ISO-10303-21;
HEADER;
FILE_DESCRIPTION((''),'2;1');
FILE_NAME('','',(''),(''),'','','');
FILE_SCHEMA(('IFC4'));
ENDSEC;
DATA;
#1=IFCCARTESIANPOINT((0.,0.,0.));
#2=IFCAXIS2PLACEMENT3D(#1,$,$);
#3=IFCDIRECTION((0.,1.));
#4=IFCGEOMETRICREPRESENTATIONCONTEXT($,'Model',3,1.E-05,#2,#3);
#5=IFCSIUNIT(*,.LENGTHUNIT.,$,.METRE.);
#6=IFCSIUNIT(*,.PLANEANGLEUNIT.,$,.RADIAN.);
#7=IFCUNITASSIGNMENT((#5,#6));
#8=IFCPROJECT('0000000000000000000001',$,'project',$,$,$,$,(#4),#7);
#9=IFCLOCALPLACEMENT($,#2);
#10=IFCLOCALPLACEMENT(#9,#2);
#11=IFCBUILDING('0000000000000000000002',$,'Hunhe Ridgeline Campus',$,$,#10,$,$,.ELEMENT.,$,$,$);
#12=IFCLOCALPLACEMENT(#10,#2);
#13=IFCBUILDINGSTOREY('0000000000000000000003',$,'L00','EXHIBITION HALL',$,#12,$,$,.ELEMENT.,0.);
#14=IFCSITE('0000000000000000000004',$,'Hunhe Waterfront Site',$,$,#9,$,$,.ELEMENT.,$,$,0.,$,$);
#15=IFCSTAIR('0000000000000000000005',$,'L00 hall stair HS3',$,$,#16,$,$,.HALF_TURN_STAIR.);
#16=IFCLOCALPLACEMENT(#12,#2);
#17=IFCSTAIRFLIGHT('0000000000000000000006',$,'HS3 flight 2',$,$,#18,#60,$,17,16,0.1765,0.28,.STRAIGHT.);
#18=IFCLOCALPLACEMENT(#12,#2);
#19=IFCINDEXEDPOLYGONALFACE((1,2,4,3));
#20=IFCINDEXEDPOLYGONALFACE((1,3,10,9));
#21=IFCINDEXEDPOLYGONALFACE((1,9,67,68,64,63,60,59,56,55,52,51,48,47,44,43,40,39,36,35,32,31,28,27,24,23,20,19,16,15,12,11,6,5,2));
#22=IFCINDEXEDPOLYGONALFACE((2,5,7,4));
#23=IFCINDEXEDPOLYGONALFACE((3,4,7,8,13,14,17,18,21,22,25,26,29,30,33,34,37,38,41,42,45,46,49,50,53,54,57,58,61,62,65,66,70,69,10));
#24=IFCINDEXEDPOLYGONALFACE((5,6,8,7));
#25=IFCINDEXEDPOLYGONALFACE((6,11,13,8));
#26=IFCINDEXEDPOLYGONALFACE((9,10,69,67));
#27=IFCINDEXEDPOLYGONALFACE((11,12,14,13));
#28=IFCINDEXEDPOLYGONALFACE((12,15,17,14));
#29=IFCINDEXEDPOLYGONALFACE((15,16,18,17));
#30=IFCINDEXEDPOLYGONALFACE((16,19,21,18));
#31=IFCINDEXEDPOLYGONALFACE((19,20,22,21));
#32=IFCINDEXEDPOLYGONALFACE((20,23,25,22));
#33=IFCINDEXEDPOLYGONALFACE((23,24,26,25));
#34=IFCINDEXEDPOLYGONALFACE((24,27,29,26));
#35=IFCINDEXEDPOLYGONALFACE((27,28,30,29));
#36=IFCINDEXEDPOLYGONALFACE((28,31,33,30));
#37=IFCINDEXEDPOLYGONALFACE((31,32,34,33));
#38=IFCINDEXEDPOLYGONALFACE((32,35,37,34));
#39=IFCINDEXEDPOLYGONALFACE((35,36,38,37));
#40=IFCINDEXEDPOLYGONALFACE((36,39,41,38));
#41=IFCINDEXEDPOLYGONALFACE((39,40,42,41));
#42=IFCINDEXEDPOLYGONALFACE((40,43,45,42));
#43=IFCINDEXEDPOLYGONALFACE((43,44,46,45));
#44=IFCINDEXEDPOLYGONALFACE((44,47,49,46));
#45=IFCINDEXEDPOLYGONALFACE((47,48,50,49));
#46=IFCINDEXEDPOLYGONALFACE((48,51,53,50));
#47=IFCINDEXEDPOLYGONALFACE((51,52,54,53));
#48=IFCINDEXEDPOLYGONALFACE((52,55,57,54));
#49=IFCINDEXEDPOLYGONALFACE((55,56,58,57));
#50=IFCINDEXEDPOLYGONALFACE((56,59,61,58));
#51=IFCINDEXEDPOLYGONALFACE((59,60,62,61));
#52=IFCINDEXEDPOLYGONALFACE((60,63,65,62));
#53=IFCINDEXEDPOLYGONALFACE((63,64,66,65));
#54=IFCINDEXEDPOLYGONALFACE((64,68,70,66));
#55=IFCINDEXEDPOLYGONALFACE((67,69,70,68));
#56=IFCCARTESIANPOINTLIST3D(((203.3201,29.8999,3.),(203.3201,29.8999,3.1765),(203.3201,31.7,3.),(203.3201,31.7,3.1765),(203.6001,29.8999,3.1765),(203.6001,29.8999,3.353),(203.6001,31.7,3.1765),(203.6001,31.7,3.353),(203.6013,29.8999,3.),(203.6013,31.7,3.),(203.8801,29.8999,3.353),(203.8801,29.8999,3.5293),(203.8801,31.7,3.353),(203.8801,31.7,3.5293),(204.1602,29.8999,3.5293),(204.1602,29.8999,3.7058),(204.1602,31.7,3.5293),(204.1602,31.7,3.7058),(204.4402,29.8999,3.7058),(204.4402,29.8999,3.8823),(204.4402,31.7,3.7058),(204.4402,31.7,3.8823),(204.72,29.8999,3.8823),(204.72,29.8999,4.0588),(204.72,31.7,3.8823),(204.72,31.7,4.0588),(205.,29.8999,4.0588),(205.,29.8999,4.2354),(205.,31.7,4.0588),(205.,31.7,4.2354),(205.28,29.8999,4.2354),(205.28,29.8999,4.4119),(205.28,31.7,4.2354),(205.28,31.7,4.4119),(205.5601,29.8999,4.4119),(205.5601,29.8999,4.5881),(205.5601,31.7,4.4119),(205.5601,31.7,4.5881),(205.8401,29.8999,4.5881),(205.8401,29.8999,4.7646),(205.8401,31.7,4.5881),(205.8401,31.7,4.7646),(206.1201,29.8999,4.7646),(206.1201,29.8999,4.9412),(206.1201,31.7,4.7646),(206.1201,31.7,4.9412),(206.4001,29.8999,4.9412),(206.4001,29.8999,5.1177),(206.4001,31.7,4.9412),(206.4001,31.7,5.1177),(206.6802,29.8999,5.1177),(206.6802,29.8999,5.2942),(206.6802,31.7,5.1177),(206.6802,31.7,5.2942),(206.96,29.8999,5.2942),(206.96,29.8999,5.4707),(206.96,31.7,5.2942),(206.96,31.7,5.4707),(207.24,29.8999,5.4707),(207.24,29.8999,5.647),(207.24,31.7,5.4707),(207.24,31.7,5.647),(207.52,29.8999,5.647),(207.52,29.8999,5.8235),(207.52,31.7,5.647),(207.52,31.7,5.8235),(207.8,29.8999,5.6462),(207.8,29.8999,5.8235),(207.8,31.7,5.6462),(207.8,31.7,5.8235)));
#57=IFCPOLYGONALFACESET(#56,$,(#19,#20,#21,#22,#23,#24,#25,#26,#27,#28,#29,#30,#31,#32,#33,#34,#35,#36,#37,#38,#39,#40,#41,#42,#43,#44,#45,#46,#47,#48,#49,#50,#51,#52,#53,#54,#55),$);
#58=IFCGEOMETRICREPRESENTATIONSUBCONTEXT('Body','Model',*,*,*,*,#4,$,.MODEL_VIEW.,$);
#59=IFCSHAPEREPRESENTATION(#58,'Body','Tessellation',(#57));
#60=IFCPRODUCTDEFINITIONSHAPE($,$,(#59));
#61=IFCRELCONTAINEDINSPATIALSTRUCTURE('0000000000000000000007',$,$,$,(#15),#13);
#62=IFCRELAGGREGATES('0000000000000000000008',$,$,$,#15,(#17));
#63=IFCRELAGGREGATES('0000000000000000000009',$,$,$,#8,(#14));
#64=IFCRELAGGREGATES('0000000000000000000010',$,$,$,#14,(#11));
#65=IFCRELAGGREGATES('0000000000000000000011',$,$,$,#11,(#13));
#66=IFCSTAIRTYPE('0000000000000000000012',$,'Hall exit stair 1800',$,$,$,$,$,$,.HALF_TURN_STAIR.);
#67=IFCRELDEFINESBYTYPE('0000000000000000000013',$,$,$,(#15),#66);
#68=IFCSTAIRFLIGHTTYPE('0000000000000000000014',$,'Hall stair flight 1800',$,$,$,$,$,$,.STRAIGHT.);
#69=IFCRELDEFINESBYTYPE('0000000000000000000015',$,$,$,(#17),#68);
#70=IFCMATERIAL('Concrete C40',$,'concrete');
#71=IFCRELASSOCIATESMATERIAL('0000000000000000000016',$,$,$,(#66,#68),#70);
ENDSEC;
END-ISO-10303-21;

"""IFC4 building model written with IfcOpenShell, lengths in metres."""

from ifc_helpers import new_model, si_unit, direction, frame, origin, place, context, subcontext, project, spatial, polyline, outline, extrude, material, type_object, element, aggregate, save


model = new_model("IFC4")

# Units and contexts
model_context = context("Model", 3, precision=1e-05, world=origin(), true_north=direction((0.0, 1.0)))
body_context = subcontext(model_context, "Body", "Model", "MODEL_VIEW")
ifc_project = project(units=[si_unit("LENGTHUNIT", "METRE"), si_unit("PLANEANGLEUNIT", "RADIAN")], contexts=[model_context])

# Site, building, storey
site_placement = place(None, origin())
site = spatial("IfcSite", under=ifc_project, at=site_placement, Name="Hunhe Waterfront Site", CompositionType="ELEMENT", RefElevation=0.0)
building_placement = place(site_placement, origin())
building = spatial("IfcBuilding", under=site, at=building_placement, Name="Hunhe Ridgeline Campus", CompositionType="ELEMENT")
storey_placement = place(building_placement, origin())
storey = spatial("IfcBuildingStorey", under=building, at=storey_placement, Name="L00", Description="EXHIBITION HALL", CompositionType="ELEMENT", Elevation=0.0)

# Shared definitions
ifc_material_1 = material(Name="Concrete C40", Category="concrete")

# Stair, stair flight
stair_type = type_object("IfcStairType", Name="Hall exit stair 1800", PredefinedType="HALF_TURN_STAIR", material=ifc_material_1)
stair_placement = place(storey_placement, origin())
stair = element("IfcStair", 1, at=stair_placement, inside=storey, type_object=stair_type, Name="L00 hall stair HS3", PredefinedType="HALF_TURN_STAIR")
stair_flight_type = type_object("IfcStairFlightType", Name="Hall stair flight 1800", PredefinedType="STRAIGHT", material=ifc_material_1)
stair_flight_placement = place(storey_placement, frame((203.3201, 30.8, 3.0), z_axis=(0.0, 0.0, 1.0), x_axis=(1.0, 0.0, 0.0)))
stair_flight = element("IfcStairFlight", 2, at=stair_flight_placement, type_object=stair_flight_type, Name="HS3 flight 2", NumberOfRisers=17, NumberOfTreads=16, PredefinedType="STRAIGHT", RiserHeight=0.1765, TreadLength=0.28, context=body_context, shape_type="SweptSolid", body=[
    extrude(outline(polyline([(0.0, 0.0), (0.0, 0.1765), (0.28, 0.1765), (0.28, 0.353), (0.5601, 0.353), (0.5601, 0.5293), (0.8401, 0.5293), (0.8401, 0.7058), (1.1201, 0.7058), (1.1201, 0.8823), (1.3999, 0.8823), (1.3999, 1.0588), (1.6799, 1.0588), (1.6799, 1.2354), (1.96, 1.2354), (1.96, 1.4119), (2.24, 1.4119), (2.24, 1.5881), (2.52, 1.5881), (2.52, 1.7646), (2.8, 1.7646), (2.8, 1.9412), (3.0801, 1.9412), (3.0801, 2.1177), (3.3601, 2.1177), (3.3601, 2.2942), (3.6399, 2.2942), (3.6399, 2.4707), (3.9199, 2.4707), (3.9199, 2.647), (4.2, 2.647), (4.2, 2.8235), (4.48, 2.8235), (4.48, 3.0), (4.48, 2.6462), (0.2812, 0.0), (0.0, 0.0)])), frame((0.0, 0.8999, 0.0), z_axis=(0.0, -1.0, 0.0), x_axis=(1.0, 0.0, 0.0)), (0.0, 0.0, 1.0), 1.8),
])
aggregate(stair, [stair_flight])

save(model, "model.ifc")
